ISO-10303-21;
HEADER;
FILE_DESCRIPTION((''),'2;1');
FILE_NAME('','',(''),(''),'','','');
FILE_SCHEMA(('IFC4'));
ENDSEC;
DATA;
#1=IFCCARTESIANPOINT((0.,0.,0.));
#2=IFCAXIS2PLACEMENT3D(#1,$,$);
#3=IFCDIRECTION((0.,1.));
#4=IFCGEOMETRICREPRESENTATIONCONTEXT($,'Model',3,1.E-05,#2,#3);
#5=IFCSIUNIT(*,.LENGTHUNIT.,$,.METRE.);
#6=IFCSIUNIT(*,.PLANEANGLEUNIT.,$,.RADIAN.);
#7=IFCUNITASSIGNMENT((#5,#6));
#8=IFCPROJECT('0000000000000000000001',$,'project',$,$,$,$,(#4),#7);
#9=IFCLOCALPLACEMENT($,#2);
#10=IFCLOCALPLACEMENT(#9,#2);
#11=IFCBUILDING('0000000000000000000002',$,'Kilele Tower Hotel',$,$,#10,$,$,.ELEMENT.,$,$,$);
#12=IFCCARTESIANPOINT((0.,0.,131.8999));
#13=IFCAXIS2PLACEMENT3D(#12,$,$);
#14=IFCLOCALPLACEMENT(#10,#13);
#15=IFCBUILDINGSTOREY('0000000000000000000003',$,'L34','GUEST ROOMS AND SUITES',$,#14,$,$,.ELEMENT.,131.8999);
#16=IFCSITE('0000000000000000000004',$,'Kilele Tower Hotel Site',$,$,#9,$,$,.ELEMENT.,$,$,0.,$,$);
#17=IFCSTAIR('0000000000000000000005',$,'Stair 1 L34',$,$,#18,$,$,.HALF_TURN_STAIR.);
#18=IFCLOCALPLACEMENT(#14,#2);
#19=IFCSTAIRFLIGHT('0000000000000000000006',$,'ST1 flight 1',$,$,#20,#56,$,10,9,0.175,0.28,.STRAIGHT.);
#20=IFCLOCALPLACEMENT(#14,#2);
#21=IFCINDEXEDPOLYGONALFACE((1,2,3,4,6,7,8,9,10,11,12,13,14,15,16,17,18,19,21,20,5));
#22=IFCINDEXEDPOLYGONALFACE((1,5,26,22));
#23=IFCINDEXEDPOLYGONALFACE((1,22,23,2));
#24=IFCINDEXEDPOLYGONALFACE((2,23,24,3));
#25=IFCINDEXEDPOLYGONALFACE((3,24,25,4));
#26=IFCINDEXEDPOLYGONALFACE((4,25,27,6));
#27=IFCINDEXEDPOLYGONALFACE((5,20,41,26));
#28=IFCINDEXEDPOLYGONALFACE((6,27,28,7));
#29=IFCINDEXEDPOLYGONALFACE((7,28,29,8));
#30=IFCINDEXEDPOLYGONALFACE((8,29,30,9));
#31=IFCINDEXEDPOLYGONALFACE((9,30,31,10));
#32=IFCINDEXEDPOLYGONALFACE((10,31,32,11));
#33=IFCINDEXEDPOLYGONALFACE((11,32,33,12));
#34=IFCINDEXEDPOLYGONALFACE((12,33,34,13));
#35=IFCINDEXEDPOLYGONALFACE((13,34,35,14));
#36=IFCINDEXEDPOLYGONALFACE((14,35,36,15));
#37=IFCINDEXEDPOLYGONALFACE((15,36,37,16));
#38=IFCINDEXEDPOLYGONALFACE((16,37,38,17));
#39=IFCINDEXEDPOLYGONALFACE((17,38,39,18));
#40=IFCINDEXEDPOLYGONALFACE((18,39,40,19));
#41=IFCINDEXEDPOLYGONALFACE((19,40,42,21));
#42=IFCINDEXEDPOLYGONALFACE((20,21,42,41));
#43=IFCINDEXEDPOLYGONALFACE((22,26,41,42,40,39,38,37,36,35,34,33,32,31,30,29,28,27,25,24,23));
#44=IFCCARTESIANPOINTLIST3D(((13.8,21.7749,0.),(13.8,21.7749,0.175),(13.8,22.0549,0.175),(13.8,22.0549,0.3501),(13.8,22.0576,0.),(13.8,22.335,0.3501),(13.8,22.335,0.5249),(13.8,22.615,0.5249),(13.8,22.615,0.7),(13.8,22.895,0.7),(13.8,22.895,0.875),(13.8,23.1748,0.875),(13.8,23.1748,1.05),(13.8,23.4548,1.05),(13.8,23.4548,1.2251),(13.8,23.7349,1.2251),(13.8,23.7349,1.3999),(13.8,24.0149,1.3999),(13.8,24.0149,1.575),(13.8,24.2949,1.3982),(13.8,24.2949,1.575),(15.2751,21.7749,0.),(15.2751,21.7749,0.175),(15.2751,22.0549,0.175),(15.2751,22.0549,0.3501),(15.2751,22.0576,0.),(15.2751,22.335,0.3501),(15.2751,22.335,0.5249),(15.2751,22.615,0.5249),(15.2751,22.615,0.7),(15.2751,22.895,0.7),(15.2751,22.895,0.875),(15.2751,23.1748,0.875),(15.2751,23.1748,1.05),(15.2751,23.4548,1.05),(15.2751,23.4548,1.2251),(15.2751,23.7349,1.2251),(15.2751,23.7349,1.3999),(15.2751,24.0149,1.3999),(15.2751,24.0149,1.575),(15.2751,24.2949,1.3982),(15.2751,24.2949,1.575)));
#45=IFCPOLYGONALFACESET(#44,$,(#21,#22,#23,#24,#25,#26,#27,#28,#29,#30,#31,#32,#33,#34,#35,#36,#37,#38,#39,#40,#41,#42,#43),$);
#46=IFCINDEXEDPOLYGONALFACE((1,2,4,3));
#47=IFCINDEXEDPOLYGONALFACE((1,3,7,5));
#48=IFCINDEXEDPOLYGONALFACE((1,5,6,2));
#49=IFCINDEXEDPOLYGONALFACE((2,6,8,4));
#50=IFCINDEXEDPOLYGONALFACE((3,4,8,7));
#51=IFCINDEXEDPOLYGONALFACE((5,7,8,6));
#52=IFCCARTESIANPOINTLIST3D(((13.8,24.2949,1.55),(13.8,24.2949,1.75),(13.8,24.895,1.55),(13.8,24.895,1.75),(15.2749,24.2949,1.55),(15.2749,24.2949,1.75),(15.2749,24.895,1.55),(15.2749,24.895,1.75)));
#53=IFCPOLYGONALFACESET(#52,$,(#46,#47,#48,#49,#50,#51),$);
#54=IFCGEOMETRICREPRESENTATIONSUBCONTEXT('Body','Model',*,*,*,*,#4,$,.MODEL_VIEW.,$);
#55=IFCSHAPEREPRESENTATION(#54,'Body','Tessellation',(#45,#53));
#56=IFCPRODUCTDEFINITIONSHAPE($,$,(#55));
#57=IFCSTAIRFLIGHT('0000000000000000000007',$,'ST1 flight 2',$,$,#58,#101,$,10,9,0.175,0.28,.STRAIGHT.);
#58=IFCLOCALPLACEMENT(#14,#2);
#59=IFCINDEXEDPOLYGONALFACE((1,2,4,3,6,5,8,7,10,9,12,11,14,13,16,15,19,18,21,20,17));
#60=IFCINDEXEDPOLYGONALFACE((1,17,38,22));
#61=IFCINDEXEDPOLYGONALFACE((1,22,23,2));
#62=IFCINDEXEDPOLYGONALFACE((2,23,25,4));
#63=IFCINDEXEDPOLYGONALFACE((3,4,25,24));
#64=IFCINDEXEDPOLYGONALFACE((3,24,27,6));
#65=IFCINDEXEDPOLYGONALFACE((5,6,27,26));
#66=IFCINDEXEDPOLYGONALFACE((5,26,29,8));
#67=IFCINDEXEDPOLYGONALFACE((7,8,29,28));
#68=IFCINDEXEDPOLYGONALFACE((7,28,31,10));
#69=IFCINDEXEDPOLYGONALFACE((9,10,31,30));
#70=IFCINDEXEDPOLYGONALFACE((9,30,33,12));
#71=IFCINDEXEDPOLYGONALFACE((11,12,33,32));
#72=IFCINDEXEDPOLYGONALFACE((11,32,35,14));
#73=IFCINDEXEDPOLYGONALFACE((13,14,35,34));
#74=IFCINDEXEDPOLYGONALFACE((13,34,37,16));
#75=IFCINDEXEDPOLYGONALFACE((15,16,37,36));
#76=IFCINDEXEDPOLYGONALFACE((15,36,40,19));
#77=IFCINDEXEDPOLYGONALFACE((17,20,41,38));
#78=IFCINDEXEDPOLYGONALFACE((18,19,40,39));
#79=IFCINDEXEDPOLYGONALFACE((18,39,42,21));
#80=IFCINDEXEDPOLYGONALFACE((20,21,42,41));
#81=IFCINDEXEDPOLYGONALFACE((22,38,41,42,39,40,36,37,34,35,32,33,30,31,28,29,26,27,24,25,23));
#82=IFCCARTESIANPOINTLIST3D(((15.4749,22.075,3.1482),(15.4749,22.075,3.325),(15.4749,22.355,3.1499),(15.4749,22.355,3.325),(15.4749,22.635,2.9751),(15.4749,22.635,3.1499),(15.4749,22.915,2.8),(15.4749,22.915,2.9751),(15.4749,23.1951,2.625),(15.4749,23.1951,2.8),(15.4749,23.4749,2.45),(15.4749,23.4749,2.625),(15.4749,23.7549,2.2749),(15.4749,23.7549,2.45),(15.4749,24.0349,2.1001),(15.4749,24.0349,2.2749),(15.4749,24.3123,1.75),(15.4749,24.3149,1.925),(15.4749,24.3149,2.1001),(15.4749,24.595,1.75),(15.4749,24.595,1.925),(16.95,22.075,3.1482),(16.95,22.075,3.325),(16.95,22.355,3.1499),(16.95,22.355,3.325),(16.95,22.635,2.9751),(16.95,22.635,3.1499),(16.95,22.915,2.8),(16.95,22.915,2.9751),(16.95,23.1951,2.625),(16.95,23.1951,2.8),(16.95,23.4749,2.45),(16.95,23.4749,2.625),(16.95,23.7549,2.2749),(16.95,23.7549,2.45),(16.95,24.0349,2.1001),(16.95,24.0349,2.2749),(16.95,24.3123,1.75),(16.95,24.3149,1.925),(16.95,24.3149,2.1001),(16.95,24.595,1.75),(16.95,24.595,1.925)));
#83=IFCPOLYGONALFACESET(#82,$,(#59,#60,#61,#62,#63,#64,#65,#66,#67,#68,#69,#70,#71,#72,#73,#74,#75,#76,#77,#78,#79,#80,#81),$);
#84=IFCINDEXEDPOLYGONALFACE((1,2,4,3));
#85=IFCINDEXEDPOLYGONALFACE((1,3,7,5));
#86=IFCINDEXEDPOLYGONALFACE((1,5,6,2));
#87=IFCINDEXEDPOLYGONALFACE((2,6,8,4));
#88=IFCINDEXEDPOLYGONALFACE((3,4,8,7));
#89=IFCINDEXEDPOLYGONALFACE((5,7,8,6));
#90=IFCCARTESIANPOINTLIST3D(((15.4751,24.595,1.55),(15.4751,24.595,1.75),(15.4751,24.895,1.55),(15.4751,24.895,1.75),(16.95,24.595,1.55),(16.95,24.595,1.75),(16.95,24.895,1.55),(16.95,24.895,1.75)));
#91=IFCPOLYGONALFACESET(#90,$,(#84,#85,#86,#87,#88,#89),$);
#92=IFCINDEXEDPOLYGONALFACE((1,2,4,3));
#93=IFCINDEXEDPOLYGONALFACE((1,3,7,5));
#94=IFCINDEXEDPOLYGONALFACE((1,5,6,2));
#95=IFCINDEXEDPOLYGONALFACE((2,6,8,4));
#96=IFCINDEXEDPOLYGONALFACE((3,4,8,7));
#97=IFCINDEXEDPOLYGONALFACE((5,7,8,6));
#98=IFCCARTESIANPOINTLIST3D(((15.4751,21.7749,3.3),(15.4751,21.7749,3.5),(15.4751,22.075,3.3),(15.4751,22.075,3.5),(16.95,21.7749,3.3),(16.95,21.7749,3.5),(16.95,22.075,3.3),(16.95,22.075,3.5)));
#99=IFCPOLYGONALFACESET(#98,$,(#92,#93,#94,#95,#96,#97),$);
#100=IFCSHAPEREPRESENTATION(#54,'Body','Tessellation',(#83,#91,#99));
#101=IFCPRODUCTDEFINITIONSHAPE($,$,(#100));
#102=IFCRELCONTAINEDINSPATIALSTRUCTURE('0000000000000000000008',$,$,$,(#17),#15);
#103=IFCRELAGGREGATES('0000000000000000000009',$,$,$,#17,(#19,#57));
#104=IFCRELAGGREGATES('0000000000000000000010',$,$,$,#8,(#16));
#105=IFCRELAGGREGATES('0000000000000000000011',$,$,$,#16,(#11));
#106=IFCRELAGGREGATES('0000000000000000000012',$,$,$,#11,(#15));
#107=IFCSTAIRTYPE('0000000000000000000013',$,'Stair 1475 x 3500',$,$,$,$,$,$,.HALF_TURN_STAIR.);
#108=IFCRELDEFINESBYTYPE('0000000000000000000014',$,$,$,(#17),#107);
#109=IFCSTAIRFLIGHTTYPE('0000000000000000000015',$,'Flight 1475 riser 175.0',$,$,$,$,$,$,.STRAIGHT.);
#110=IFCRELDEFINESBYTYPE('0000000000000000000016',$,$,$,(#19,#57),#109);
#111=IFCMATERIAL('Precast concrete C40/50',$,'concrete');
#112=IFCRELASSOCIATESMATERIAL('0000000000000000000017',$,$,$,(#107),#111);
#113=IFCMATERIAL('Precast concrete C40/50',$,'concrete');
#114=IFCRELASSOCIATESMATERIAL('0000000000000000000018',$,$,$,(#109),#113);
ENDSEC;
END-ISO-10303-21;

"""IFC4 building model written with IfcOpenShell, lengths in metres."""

from ifc_helpers import new_model, si_unit, direction, frame, origin, place, context, subcontext, project, spatial, polyline, outline, extrude, material, type_object, element, aggregate, save


model = new_model("IFC4")

# Units and contexts
model_context = context("Model", 3, precision=1e-05, world=origin(), true_north=direction((0.0, 1.0)))
body_context = subcontext(model_context, "Body", "Model", "MODEL_VIEW")
ifc_project = project(units=[si_unit("LENGTHUNIT", "METRE"), si_unit("PLANEANGLEUNIT", "RADIAN")], contexts=[model_context])

# Site, building, storey
site_placement = place(None, origin())
site = spatial("IfcSite", under=ifc_project, at=site_placement, Name="Kilele Tower Hotel Site", CompositionType="ELEMENT", RefElevation=0.0)
building_placement = place(site_placement, origin())
building = spatial("IfcBuilding", under=site, at=building_placement, Name="Kilele Tower Hotel", CompositionType="ELEMENT")
storey_placement = place(building_placement, frame((0.0, 0.0, 131.8999)))
storey = spatial("IfcBuildingStorey", under=building, at=storey_placement, Name="L34", Description="GUEST ROOMS AND SUITES", CompositionType="ELEMENT", Elevation=131.8999)

# Stair, stair flights
ifc_material_1 = material(Name="Precast concrete C40/50", Category="concrete")
stair_type = type_object("IfcStairType", Name="Stair 1475 x 3500", PredefinedType="HALF_TURN_STAIR", material=ifc_material_1)
stair_placement = place(storey_placement, origin())
stair = element("IfcStair", 1, at=stair_placement, inside=storey, type_object=stair_type, Name="Stair 1 L34", PredefinedType="HALF_TURN_STAIR")
ifc_material_2 = material(Name="Precast concrete C40/50", Category="concrete")
stair_flight_type = type_object("IfcStairFlightType", Name="Flight 1475 riser 175.0", PredefinedType="STRAIGHT", material=ifc_material_2)
stair_flight_1_placement = place(storey_placement, frame((14.5376, 21.7749, 0.0), z_axis=(0.0, 0.0, 1.0), x_axis=(0.0, 1.0, 0.0)))
stair_flight_1 = element("IfcStairFlight", 2, at=stair_flight_1_placement, type_object=stair_flight_type, Name="ST1 flight 1", NumberOfRisers=10, NumberOfTreads=9, PredefinedType="STRAIGHT", RiserHeight=0.175, TreadLength=0.28, context=body_context, shape_type="SweptSolid", body=[
    extrude(outline(polyline([(0.0, 0.0), (0.0, 0.175), (0.28, 0.175), (0.28, 0.3501), (0.5601, 0.3501), (0.5601, 0.5249), (0.8401, 0.5249), (0.8401, 0.7), (1.1201, 0.7), (1.1201, 0.875), (1.3999, 0.875), (1.3999, 1.05), (1.6799, 1.05), (1.6799, 1.2251), (1.96, 1.2251), (1.96, 1.3999), (2.24, 1.3999), (2.24, 1.575), (2.52, 1.575), (2.52, 1.75), (2.52, 1.3982), (0.2827, 0.0), (0.0, 0.0)])), frame((0.0, 0.7375, 0.0), z_axis=(0.0, -1.0, 0.0), x_axis=(1.0, 0.0, 0.0)), (0.0, 0.0, 1.0), 1.4751),
    extrude(outline(polyline([(2.52, 0.7375), (2.52, -0.7373), (3.1201, -0.7373), (3.1201, 0.7375), (2.52, 0.7375)])), frame((0.0, 0.0, 1.55)), (0.0, 0.0, 1.0), 0.2),
])
stair_flight_2_placement = place(storey_placement, frame((16.2124, 24.595, 1.75), z_axis=(0.0, 0.0, 1.0), x_axis=(0.0, -1.0, 0.0)))
stair_flight_2 = element("IfcStairFlight", 3, at=stair_flight_2_placement, type_object=stair_flight_type, Name="ST1 flight 2", NumberOfRisers=10, NumberOfTreads=9, PredefinedType="STRAIGHT", RiserHeight=0.175, TreadLength=0.28, context=body_context, shape_type="SweptSolid", body=[
    extrude(outline(polyline([(0.0, 0.0), (0.0, 0.175), (0.28, 0.175), (0.28, 0.3501), (0.5601, 0.3501), (0.5601, 0.5249), (0.8401, 0.5249), (0.8401, 0.7), (1.1201, 0.7), (1.1201, 0.875), (1.3999, 0.875), (1.3999, 1.05), (1.6799, 1.05), (1.6799, 1.2251), (1.96, 1.2251), (1.96, 1.3999), (2.24, 1.3999), (2.24, 1.575), (2.52, 1.575), (2.52, 1.75), (2.52, 1.3982), (0.2827, 0.0), (0.0, 0.0)])), frame((0.0, 0.7375, 0.0), z_axis=(0.0, -1.0, 0.0), x_axis=(1.0, 0.0, 0.0)), (0.0, 0.0, 1.0), 1.4751),
    extrude(outline(polyline([(0.0, -0.7373), (0.0, 0.7375), (-0.3, 0.7375), (-0.3, -0.7373), (0.0, -0.7373)])), frame((0.0, 0.0, -0.2)), (0.0, 0.0, 1.0), 0.2),
    extrude(outline(polyline([(2.8201, -0.7373), (2.8201, 0.7375), (2.52, 0.7375), (2.52, -0.7373), (2.8201, -0.7373)])), frame((0.0, 0.0, 1.55)), (0.0, 0.0, 1.0), 0.2),
])
aggregate(stair, [stair_flight_1, stair_flight_2])

save(model, "model.ifc")
